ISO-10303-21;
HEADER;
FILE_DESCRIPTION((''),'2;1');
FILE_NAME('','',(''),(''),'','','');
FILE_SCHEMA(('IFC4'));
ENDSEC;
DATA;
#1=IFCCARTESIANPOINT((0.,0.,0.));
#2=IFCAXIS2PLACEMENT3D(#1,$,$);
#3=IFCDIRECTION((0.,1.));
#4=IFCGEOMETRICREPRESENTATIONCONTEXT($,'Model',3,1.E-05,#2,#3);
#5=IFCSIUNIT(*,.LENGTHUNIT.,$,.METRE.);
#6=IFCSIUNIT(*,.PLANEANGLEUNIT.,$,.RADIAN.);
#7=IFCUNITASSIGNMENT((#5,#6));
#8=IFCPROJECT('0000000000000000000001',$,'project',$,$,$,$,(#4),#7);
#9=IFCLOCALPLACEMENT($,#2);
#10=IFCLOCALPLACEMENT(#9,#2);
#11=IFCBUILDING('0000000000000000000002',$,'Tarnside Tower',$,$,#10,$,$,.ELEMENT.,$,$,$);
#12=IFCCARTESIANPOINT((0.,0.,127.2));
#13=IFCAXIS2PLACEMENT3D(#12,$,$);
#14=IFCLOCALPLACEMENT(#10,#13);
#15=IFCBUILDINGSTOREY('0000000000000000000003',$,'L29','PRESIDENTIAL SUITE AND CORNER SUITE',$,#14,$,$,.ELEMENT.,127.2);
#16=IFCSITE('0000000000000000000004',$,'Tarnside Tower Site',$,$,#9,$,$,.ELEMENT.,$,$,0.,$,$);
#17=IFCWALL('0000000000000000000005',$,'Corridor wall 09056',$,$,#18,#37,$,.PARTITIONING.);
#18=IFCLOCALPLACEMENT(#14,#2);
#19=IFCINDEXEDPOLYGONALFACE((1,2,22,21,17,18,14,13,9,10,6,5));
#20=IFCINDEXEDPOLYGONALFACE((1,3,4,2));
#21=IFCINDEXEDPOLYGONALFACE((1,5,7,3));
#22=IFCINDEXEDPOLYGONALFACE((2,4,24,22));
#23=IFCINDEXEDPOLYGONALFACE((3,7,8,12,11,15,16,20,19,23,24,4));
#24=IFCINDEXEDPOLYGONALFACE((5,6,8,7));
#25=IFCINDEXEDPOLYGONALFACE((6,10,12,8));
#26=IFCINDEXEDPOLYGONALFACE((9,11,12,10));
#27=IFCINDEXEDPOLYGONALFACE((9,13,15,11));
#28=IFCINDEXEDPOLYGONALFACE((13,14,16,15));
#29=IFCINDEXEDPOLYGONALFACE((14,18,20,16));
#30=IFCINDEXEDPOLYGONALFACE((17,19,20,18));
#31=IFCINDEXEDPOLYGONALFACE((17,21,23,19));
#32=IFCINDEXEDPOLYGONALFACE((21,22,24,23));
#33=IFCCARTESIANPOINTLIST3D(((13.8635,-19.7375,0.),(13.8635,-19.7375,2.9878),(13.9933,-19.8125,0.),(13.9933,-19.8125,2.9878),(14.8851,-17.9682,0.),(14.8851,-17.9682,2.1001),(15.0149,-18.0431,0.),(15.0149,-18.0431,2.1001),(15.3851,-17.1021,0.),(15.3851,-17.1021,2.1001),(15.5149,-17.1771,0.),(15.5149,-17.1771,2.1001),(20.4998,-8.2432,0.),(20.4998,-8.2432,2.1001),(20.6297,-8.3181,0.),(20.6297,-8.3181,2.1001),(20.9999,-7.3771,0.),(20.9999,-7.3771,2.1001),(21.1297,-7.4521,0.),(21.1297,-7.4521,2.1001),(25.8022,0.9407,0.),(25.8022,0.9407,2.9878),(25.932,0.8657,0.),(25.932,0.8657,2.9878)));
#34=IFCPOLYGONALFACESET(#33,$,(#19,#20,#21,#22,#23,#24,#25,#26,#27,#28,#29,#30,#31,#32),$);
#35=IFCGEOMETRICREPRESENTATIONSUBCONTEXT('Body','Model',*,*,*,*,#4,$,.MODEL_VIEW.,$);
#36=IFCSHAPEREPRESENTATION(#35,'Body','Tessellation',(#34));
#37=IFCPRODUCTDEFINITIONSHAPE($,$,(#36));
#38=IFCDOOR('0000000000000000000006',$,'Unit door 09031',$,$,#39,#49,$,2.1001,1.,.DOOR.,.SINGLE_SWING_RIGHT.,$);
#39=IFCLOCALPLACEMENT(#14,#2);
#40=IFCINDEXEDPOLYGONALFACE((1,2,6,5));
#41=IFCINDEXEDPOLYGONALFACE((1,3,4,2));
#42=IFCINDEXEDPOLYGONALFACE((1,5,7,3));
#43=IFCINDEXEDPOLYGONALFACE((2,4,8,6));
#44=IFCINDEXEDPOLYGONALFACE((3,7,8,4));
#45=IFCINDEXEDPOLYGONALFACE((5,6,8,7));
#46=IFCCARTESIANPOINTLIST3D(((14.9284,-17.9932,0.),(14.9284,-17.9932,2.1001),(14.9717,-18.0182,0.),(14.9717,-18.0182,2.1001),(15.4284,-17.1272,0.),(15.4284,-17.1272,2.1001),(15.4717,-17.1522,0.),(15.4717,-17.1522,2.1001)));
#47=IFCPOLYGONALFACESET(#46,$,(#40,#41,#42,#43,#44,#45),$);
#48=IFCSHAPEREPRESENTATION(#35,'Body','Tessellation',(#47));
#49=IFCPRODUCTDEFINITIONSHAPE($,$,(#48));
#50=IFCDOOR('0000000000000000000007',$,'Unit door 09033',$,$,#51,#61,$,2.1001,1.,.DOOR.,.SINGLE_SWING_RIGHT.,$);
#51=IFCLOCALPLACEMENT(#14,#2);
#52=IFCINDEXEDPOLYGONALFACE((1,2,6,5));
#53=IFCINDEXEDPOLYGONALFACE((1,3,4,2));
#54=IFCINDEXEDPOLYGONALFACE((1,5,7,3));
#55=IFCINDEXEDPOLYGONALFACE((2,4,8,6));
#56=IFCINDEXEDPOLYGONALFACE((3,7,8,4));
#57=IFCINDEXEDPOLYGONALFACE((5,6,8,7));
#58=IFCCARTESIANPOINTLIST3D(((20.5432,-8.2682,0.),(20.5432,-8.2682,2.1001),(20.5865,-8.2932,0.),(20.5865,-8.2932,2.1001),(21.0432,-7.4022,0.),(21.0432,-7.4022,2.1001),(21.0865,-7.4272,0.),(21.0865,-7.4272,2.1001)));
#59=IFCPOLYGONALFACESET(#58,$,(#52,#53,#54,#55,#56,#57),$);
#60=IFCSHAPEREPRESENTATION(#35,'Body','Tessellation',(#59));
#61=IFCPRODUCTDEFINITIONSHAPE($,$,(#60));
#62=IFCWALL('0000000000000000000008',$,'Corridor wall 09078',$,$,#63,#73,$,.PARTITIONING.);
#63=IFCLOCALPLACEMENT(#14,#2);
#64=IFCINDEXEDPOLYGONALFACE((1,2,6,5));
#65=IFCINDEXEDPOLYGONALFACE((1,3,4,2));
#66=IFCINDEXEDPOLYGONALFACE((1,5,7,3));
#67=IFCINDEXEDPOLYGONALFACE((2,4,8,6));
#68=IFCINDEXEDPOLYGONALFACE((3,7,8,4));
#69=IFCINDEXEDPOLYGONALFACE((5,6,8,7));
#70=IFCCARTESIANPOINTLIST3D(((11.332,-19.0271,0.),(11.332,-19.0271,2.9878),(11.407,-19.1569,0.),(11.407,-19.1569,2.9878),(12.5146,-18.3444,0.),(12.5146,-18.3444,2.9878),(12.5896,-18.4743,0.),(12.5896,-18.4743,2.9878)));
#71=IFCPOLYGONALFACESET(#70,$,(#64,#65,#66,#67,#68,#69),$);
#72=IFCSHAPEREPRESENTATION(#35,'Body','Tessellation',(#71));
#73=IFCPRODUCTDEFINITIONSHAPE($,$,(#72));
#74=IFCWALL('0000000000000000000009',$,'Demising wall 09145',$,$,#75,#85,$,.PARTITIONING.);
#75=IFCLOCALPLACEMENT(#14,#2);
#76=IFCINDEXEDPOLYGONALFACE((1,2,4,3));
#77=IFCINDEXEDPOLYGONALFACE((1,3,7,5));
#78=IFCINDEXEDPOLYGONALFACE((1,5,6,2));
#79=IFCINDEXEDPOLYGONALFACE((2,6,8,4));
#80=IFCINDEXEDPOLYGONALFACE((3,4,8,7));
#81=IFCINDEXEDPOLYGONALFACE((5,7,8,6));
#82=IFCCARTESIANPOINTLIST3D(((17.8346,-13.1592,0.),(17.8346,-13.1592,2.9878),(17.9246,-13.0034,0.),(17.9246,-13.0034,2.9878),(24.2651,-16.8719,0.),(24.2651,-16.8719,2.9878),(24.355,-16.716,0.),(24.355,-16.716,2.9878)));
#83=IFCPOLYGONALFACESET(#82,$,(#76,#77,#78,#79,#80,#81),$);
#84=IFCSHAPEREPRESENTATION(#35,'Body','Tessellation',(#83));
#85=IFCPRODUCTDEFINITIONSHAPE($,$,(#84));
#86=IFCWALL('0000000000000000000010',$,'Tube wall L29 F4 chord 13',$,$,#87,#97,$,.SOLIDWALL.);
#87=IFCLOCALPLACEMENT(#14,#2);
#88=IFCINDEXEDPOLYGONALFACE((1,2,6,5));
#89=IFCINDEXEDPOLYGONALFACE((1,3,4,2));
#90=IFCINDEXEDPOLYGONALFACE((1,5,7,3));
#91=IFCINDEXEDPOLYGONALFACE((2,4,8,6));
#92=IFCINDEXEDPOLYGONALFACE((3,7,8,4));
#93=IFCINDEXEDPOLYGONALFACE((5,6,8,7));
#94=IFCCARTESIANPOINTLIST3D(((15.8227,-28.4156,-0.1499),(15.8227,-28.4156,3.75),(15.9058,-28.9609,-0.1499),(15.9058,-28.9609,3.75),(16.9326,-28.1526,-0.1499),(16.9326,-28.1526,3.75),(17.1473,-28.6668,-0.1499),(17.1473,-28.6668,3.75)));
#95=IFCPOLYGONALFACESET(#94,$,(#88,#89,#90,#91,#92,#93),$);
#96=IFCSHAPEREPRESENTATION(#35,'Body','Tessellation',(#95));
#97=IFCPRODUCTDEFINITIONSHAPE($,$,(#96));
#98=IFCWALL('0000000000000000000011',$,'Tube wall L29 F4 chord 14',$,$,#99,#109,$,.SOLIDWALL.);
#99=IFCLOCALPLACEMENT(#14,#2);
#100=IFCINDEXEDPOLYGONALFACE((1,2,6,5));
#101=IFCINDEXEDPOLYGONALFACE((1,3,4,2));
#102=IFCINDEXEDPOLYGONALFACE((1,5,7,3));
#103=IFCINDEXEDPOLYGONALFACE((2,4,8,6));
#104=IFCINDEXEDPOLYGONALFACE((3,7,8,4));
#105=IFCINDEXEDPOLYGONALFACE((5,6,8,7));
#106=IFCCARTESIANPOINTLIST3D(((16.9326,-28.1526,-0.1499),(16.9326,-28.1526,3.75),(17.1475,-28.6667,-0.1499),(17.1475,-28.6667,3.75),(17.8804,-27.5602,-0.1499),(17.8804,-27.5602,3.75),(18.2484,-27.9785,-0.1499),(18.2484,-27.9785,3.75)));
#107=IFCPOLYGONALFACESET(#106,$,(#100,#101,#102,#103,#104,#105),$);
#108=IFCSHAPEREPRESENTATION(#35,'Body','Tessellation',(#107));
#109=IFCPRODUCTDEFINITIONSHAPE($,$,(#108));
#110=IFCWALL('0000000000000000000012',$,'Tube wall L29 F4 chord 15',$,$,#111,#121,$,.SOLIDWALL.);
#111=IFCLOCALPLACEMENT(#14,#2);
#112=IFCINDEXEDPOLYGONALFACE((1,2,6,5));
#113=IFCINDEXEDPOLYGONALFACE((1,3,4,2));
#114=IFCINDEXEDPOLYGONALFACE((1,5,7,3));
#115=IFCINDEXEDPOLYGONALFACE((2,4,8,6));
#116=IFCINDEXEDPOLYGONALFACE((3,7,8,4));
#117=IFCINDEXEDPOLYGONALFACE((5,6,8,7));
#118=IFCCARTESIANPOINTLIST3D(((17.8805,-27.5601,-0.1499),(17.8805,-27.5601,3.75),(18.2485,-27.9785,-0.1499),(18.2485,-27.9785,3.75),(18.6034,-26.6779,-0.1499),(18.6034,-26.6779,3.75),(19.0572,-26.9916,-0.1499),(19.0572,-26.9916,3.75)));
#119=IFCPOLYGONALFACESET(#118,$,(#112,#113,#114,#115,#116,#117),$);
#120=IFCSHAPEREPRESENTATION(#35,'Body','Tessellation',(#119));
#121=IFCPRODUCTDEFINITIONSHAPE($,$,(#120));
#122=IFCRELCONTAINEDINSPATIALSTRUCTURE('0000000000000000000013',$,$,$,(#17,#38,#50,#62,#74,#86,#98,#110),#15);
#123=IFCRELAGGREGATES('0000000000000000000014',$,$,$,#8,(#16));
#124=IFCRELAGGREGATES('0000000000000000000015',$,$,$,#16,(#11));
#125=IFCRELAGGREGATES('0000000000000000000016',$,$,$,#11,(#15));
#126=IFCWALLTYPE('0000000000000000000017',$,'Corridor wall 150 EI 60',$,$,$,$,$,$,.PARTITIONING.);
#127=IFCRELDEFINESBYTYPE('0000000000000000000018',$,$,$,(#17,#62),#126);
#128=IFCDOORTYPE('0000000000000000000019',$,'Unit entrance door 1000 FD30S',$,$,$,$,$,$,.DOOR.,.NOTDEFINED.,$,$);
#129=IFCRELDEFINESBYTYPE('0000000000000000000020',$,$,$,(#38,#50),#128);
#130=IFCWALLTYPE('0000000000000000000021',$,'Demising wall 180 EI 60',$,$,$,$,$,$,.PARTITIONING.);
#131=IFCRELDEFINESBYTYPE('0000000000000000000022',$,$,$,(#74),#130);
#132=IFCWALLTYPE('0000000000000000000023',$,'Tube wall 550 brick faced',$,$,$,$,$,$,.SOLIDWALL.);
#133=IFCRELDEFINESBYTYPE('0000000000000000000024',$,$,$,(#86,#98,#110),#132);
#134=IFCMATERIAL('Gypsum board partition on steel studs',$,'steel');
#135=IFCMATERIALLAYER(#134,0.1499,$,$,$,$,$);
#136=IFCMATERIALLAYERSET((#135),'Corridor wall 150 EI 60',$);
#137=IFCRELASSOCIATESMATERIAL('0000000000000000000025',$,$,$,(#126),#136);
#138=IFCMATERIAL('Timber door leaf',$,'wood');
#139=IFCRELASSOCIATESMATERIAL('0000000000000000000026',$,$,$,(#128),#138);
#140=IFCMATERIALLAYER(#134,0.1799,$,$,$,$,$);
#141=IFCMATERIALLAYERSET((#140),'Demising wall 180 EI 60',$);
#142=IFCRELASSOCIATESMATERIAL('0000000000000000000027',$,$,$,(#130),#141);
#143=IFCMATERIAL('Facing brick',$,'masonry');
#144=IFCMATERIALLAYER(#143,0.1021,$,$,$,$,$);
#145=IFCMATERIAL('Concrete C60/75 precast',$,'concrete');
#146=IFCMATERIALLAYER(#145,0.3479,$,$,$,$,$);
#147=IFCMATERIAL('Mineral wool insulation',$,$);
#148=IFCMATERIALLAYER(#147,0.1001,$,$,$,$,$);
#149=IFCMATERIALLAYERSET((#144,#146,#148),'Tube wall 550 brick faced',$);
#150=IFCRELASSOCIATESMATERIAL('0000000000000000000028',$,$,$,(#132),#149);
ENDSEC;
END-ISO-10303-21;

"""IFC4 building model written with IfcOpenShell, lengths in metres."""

from ifc_helpers import new_model, si_unit, direction, frame, frame_2d, origin, place, context, subcontext, project, spatial, polyline, rectangle, outline, extrude, material, layer, layer_set, type_object, element, fill, save


model = new_model("IFC4")

# Units and contexts
model_context = context("Model", 3, precision=1e-05, world=origin(), true_north=direction((0.0, 1.0)))
body_context = subcontext(model_context, "Body", "Model", "MODEL_VIEW")
ifc_project = project(units=[si_unit("LENGTHUNIT", "METRE"), si_unit("PLANEANGLEUNIT", "RADIAN")], contexts=[model_context])

# Site, building, storey
site_placement = place(None, origin())
site = spatial("IfcSite", under=ifc_project, at=site_placement, Name="Tarnside Tower Site", CompositionType="ELEMENT", RefElevation=0.0)
building_placement = place(site_placement, origin())
building = spatial("IfcBuilding", under=site, at=building_placement, Name="Tarnside Tower", CompositionType="ELEMENT")
storey_placement = place(building_placement, frame((0.0, 0.0, 127.2)))
storey = spatial("IfcBuildingStorey", under=building, at=storey_placement, Name="L29", Description="PRESIDENTIAL SUITE AND CORNER SUITE", CompositionType="ELEMENT", Elevation=127.2)

# Shared definitions
ifc_material_1 = material(Name="Gypsum board partition on steel studs", Category="steel")

# Shared definitions
ifc_material_2 = material(Name="Timber door leaf", Category="wood")

# Shared definitions
ifc_layer_1 = layer(ifc_material_1, 0.1499)
ifc_layer_set_1 = layer_set([ifc_layer_1], Name="Corridor wall 150 EI 60")
wall_type_1 = type_object("IfcWallType", Name="Corridor wall 150 EI 60", PredefinedType="PARTITIONING", material=ifc_layer_set_1)

# Wall, openings, doors
wall_1_placement = place(storey_placement, frame((13.9285, -19.7749, 0.0), z_axis=(0.0, 0.0, 1.0), x_axis=(0.500005, 0.866023, 0.0)))
wall_1 = element("IfcWall", 1, at=wall_1_placement, inside=storey, type_object=wall_type_1, Name="Corridor wall 09056", PredefinedType="PARTITIONING", context=body_context, shape_type="SweptSolid", body=[
    extrude(rectangle(XDim=23.8772, YDim=0.1499, at=frame_2d((11.9385, 0.0))), origin(), (0.0, 0.0, 1.0), 2.9878),
])
opening_1_placement = place(wall_1_placement, frame((2.043, 0.0, 0.0)))
opening_1 = element("IfcOpeningElement", 2, at=opening_1_placement, cuts=wall_1, PredefinedType="OPENING", context=body_context, shape_type="SweptSolid", body=[
    extrude(rectangle(XDim=1.0, YDim=2.1001, at=frame_2d((0.5, 1.05))), frame((0.0, 0.085, 0.0), z_axis=(0.0, -1.0, 0.0), x_axis=(1.0, 0.0, 0.0)), (0.0, 0.0, 1.0), 0.1699),
])
opening_2_placement = place(wall_1_placement, frame((13.2725, 0.0, 0.0)))
opening_2 = element("IfcOpeningElement", 3, at=opening_2_placement, cuts=wall_1, PredefinedType="OPENING", context=body_context, shape_type="SweptSolid", body=[
    extrude(rectangle(XDim=1.0, YDim=2.1001, at=frame_2d((0.5, 1.05))), frame((0.0, 0.085, 0.0), z_axis=(0.0, -1.0, 0.0), x_axis=(1.0, 0.0, 0.0)), (0.0, 0.0, 1.0), 0.1699),
])
door_type_1 = type_object("IfcDoorType", Name="Unit entrance door 1000 FD30S", OperationType="NOTDEFINED", PredefinedType="DOOR", material=ifc_material_2)
door_1_placement = place(opening_1_placement, origin())
door_1 = element("IfcDoor", 4, at=door_1_placement, inside=storey, type_object=door_type_1, Name="Unit door 09031", OperationType="SINGLE_SWING_RIGHT", OverallHeight=2.1001, OverallWidth=1.0, PredefinedType="DOOR", context=body_context, shape_type="SweptSolid", body=[
    extrude(rectangle(XDim=1.0, YDim=2.1001, at=frame_2d((0.5, 1.05))), frame((0.0, 0.0249, 0.0), z_axis=(0.0, -1.0, 0.0), x_axis=(1.0, 0.0, 0.0)), (0.0, 0.0, 1.0), 0.05),
])
fill(opening_1, door_1)
door_2_placement = place(opening_2_placement, origin())
door_2 = element("IfcDoor", 5, at=door_2_placement, inside=storey, type_object=door_type_1, Name="Unit door 09033", OperationType="SINGLE_SWING_RIGHT", OverallHeight=2.1001, OverallWidth=1.0, PredefinedType="DOOR", context=body_context, shape_type="SweptSolid", body=[
    extrude(rectangle(XDim=1.0, YDim=2.1001, at=frame_2d((0.5, 1.05))), frame((0.0, 0.0249, 0.0), z_axis=(0.0, -1.0, 0.0), x_axis=(1.0, 0.0, 0.0)), (0.0, 0.0, 1.0), 0.05),
])
fill(opening_2, door_2)

# Walls
wall_2_placement = place(storey_placement, frame((12.552, -18.4094, 0.0), z_axis=(0.0, 0.0, 1.0), x_axis=(-0.866078, -0.499908, 0.0)))
element("IfcWall", 6, at=wall_2_placement, inside=storey, type_object=wall_type_1, Name="Corridor wall 09078", PredefinedType="PARTITIONING", context=body_context, shape_type="SweptSolid", body=[
    extrude(rectangle(XDim=1.3655, YDim=0.1499, at=frame_2d((0.6826, 0.0))), origin(), (0.0, 0.0, 1.0), 2.9878),
])
ifc_layer_2 = layer(ifc_material_1, 0.1799)
ifc_layer_set_2 = layer_set([ifc_layer_2], Name="Demising wall 180 EI 60")
wall_type_2 = type_object("IfcWallType", Name="Demising wall 180 EI 60", PredefinedType="PARTITIONING", material=ifc_layer_set_2)
wall_3_placement = place(storey_placement, frame((24.3101, -16.7939, 0.0), z_axis=(0.0, 0.0, 1.0), x_axis=(-0.866023, 0.500004, 0.0)))
element("IfcWall", 7, at=wall_3_placement, inside=storey, type_object=wall_type_2, Name="Demising wall 09145", PredefinedType="PARTITIONING", context=body_context, shape_type="SweptSolid", body=[
    extrude(rectangle(XDim=7.4253, YDim=0.1799, at=frame_2d((3.7126, 0.0))), origin(), (0.0, 0.0, 1.0), 2.9878),
])
ifc_material_3 = material(Name="Facing brick", Category="masonry")
ifc_layer_3 = layer(ifc_material_3, 0.1021)
ifc_material_4 = material(Name="Concrete C60/75 precast", Category="concrete")
ifc_layer_4 = layer(ifc_material_4, 0.3479)
ifc_material_5 = material(Name="Mineral wool insulation")
ifc_layer_5 = layer(ifc_material_5, 0.1001)
ifc_layer_set_3 = layer_set([ifc_layer_3, ifc_layer_4, ifc_layer_5], Name="Tube wall 550 brick faced")
wall_type_3 = type_object("IfcWallType", Name="Tube wall 550 brick faced", PredefinedType="SOLIDWALL", material=ifc_layer_set_3)
wall_4_placement = place(storey_placement, frame((15.8643, -28.6882, -0.1499), z_axis=(0.0, 0.0, 1.0), x_axis=(0.973064, 0.230537, 0.0)))
element("IfcWall", 8, at=wall_4_placement, inside=storey, type_object=wall_type_3, Name="Tube wall L29 F4 chord 13", PredefinedType="SOLIDWALL", context=body_context, shape_type="SweptSolid", body=[
    extrude(outline(polyline([(-0.0225, -0.2749), (1.2534, -0.2749), (1.1631, 0.2749), (0.0225, 0.2749), (-0.0225, -0.2749)])), origin(), (0.0, 0.0, 1.0), 3.8999),
])
wall_5_placement = place(storey_placement, frame((17.04, -28.4097, -0.1499), z_axis=(0.0, 0.0, 1.0), x_axis=(0.847953, 0.530072, 0.0)))
element("IfcWall", 9, at=wall_5_placement, inside=storey, type_object=wall_type_3, Name="Tube wall L29 F4 chord 14", PredefinedType="SOLIDWALL", context=body_context, shape_type="SweptSolid", body=[
    extrude(outline(polyline([(-0.0452, -0.2749), (1.2532, -0.2749), (1.1628, 0.2749), (0.0452, 0.2749), (-0.0452, -0.2749)])), origin(), (0.0, 0.0, 1.0), 3.8999),
])
wall_6_placement = place(storey_placement, frame((18.0645, -27.7693, -0.1499), z_axis=(0.0, 0.0, 1.0), x_axis=(0.633843, 0.773462, 0.0)))
element("IfcWall", 10, at=wall_6_placement, inside=storey, type_object=wall_type_3, Name="Tube wall L29 F4 chord 15", PredefinedType="SOLIDWALL", context=body_context, shape_type="SweptSolid", body=[
    extrude(outline(polyline([(-0.0452, -0.2749), (1.2307, -0.2749), (1.1858, 0.2749), (0.0452, 0.2749), (-0.0452, -0.2749)])), origin(), (0.0, 0.0, 1.0), 3.8999),
])

save(model, "model.ifc")
